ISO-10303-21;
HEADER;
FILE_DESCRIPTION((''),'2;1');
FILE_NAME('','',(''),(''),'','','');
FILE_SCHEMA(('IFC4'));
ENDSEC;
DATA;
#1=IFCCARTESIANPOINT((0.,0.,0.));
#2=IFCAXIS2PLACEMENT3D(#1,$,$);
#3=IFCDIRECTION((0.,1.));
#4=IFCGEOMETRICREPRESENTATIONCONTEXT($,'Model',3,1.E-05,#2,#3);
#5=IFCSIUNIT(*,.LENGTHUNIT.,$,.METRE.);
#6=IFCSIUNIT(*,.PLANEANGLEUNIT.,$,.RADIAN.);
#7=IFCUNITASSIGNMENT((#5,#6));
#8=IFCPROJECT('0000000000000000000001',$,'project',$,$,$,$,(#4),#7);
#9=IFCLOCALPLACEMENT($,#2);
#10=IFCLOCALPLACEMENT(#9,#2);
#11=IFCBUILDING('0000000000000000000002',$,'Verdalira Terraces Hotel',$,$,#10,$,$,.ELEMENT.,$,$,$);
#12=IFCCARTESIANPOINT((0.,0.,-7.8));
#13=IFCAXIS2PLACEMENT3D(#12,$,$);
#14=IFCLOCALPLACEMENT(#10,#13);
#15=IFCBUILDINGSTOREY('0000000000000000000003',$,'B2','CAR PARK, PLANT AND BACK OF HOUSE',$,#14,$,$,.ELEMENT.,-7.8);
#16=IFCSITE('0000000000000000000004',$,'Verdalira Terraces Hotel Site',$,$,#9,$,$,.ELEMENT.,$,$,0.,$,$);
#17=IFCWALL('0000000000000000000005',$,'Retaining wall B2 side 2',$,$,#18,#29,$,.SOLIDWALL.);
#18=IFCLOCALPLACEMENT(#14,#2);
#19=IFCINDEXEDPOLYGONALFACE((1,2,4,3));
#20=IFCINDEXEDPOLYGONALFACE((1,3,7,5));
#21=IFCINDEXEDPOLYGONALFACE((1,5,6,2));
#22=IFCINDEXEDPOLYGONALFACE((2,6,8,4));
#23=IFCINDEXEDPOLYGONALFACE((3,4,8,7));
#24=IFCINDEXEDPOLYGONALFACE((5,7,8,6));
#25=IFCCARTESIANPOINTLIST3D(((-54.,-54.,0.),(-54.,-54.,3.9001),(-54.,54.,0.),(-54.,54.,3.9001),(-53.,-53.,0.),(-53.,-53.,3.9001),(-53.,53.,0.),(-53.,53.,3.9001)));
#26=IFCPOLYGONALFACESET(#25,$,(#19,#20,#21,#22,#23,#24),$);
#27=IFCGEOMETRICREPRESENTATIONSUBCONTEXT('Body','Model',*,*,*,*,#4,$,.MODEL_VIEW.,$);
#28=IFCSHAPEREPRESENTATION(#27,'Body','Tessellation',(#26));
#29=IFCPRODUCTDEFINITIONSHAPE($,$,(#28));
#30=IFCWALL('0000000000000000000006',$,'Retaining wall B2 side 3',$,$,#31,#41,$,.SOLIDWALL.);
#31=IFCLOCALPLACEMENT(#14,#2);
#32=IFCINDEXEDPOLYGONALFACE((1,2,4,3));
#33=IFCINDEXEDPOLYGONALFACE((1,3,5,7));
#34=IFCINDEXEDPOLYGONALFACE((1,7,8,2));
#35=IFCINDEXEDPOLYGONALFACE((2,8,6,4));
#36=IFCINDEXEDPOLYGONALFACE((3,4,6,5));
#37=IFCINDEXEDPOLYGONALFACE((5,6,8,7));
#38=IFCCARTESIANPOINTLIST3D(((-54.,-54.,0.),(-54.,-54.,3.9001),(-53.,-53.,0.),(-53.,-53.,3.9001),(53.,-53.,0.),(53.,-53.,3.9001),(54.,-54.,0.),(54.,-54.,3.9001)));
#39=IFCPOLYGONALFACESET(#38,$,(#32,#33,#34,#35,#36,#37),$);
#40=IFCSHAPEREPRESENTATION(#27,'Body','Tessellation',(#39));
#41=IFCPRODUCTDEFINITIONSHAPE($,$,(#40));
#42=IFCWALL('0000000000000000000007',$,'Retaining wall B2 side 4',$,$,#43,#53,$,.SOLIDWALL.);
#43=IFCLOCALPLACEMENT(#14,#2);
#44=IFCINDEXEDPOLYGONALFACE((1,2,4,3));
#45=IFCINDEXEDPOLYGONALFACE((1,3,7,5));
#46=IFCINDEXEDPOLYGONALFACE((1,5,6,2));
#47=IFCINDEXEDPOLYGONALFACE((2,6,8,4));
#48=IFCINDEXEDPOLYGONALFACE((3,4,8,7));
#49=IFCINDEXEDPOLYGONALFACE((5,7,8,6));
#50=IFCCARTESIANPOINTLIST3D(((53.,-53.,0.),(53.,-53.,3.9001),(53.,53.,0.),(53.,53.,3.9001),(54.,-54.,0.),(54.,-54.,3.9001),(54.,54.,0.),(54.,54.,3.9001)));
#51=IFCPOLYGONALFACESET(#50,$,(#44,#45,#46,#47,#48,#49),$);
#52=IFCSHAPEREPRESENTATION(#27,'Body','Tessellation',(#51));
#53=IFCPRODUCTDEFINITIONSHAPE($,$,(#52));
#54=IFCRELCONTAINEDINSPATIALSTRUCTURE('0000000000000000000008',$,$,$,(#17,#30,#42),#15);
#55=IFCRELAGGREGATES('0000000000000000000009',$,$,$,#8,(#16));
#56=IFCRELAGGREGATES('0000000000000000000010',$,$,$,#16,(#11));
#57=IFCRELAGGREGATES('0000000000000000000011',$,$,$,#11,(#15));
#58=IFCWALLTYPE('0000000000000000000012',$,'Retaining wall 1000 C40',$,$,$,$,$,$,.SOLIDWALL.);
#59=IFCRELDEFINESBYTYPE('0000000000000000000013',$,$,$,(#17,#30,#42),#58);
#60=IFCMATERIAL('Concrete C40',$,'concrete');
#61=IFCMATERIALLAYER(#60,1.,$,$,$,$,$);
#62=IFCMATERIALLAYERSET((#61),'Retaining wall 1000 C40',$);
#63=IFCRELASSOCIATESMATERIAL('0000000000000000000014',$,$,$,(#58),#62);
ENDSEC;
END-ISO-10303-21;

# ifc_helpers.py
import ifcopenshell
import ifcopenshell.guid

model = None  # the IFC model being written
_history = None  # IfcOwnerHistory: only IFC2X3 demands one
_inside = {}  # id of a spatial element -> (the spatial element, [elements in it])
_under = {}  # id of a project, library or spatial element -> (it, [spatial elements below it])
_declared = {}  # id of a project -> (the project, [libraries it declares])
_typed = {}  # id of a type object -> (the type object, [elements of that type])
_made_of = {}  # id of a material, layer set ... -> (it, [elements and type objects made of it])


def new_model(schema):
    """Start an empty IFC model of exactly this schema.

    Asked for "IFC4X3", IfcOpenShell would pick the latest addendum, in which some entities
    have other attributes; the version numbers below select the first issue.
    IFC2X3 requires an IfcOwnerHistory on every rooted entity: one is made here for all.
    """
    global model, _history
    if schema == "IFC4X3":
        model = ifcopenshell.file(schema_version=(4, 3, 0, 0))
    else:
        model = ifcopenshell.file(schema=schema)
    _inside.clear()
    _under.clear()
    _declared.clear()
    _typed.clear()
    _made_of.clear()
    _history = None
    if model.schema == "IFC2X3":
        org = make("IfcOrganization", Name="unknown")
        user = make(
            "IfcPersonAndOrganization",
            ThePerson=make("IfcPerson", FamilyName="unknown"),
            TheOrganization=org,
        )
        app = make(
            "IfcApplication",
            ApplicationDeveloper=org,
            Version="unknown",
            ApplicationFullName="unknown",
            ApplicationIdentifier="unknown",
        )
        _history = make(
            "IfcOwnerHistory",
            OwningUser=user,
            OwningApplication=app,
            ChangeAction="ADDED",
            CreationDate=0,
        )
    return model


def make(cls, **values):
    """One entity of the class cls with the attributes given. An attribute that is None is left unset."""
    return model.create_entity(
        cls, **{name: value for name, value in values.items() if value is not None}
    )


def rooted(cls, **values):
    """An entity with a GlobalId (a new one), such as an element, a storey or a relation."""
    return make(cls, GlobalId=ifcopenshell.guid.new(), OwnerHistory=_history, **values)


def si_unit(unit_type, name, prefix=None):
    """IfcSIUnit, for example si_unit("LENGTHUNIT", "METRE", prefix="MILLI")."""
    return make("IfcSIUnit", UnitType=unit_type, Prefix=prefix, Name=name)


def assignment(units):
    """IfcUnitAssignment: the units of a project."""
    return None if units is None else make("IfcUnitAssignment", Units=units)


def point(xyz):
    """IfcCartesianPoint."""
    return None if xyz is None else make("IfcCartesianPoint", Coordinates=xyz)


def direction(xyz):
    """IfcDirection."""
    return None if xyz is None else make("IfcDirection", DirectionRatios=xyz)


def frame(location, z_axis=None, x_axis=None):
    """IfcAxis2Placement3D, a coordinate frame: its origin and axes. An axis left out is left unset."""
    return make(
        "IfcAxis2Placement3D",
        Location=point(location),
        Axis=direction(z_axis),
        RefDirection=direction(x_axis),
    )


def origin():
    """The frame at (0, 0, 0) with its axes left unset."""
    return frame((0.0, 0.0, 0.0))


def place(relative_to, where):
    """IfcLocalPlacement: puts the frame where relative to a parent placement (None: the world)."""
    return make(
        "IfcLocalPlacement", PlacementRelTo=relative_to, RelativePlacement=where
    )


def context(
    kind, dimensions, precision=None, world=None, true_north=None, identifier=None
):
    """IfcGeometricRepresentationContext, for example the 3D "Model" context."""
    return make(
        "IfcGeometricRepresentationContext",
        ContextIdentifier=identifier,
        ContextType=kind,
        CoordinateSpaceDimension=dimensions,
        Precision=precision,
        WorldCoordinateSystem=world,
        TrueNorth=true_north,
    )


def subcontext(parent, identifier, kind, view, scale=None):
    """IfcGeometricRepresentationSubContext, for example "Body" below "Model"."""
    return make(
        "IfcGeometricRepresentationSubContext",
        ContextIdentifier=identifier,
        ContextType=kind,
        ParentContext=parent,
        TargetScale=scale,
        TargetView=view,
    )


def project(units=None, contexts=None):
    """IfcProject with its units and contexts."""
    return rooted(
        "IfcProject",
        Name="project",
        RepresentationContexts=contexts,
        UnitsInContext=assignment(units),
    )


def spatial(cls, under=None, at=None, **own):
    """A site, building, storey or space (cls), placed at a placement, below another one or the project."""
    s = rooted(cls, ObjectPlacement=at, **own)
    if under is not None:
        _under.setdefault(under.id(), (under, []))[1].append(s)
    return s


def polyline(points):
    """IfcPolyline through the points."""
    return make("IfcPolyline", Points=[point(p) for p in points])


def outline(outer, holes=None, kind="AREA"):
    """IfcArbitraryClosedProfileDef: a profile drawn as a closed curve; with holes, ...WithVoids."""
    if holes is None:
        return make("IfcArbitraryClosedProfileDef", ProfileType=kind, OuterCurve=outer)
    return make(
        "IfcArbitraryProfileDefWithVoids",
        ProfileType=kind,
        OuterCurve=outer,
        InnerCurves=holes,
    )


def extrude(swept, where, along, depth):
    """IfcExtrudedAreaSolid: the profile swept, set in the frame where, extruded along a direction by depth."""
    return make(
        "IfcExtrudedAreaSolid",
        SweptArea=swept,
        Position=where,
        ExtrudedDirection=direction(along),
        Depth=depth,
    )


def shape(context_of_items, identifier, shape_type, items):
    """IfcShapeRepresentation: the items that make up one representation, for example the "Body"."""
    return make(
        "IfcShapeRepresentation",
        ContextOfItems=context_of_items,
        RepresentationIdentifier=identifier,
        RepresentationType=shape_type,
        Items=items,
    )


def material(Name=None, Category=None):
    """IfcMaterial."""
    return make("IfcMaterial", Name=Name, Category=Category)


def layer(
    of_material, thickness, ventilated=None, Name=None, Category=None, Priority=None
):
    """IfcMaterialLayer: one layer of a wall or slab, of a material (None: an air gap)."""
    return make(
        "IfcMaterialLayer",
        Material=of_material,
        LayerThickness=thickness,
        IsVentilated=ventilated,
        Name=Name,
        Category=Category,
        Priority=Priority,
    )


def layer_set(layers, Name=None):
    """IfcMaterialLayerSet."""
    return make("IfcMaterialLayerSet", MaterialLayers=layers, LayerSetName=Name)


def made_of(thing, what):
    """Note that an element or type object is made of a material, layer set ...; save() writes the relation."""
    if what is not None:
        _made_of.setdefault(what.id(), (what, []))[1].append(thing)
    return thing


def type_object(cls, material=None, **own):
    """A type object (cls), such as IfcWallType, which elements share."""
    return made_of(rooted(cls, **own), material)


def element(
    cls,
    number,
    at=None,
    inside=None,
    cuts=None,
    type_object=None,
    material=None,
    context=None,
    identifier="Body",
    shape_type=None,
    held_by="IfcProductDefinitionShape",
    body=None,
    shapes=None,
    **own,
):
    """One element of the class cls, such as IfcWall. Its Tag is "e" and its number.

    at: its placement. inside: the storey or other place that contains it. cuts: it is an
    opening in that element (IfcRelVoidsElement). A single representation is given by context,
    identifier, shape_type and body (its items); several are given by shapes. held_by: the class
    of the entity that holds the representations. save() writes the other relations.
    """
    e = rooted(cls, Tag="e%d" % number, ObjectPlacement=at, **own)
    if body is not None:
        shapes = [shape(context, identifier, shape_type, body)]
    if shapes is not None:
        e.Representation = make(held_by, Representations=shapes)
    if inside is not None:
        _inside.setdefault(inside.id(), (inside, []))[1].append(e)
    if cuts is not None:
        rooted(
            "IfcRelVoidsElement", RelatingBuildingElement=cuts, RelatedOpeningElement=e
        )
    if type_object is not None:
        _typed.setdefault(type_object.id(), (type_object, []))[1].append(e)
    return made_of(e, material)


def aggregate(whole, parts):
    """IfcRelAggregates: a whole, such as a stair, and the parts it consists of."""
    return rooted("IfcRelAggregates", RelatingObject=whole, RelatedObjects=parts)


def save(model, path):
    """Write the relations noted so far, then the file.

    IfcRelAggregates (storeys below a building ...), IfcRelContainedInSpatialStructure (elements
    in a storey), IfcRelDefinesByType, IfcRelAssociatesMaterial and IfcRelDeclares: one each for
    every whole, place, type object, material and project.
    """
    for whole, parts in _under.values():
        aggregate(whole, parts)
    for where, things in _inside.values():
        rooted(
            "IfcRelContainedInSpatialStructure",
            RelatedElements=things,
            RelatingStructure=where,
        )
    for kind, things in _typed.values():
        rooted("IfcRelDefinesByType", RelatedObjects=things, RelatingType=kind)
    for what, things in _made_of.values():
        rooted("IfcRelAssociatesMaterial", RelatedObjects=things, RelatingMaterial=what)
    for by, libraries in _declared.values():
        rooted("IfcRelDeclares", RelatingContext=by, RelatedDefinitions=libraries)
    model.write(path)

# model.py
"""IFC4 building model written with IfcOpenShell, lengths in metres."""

from ifc_helpers import new_model, si_unit, direction, frame, origin, place, context, subcontext, project, spatial, polyline, outline, extrude, material, layer, layer_set, type_object, element, save


model = new_model("IFC4")

# Units and contexts
model_context = context("Model", 3, precision=1e-05, world=origin(), true_north=direction((0.0, 1.0)))
body_context = subcontext(model_context, "Body", "Model", "MODEL_VIEW")
ifc_project = project(units=[si_unit("LENGTHUNIT", "METRE"), si_unit("PLANEANGLEUNIT", "RADIAN")], contexts=[model_context])

# Site, building, storey
site_placement = place(None, origin())
site = spatial("IfcSite", under=ifc_project, at=site_placement, Name="Verdalira Terraces Hotel Site", CompositionType="ELEMENT", RefElevation=0.0)
building_placement = place(site_placement, origin())
building = spatial("IfcBuilding", under=site, at=building_placement, Name="Verdalira Terraces Hotel", CompositionType="ELEMENT")
storey_placement = place(building_placement, frame((0.0, 0.0, -7.8)))
storey = spatial("IfcBuildingStorey", under=building, at=storey_placement, Name="B2", Description="CAR PARK, PLANT AND BACK OF HOUSE", CompositionType="ELEMENT", Elevation=-7.8)

# Walls
ifc_material_1 = material(Name="Concrete C40", Category="concrete")
ifc_layer_1 = layer(ifc_material_1, 1.0)
ifc_layer_set_1 = layer_set([ifc_layer_1], Name="Retaining wall 1000 C40")
wall_type_1 = type_object("IfcWallType", Name="Retaining wall 1000 C40", PredefinedType="SOLIDWALL", material=ifc_layer_set_1)
wall_1_placement = place(storey_placement, origin())
element("IfcWall", 1, at=wall_1_placement, inside=storey, type_object=wall_type_1, Name="Retaining wall B2 side 2", PredefinedType="SOLIDWALL", context=body_context, shape_type="SweptSolid", body=[
    extrude(outline(polyline([(-54.0, 54.0), (-54.0, -54.0), (-53.0, -53.0), (-53.0, 53.0), (-54.0, 54.0)])), origin(), (0.0, 0.0, 1.0), 3.9001),
])
wall_2_placement = place(storey_placement, origin())
element("IfcWall", 2, at=wall_2_placement, inside=storey, type_object=wall_type_1, Name="Retaining wall B2 side 3", PredefinedType="SOLIDWALL", context=body_context, shape_type="SweptSolid", body=[
    extrude(outline(polyline([(-54.0, -54.0), (54.0, -54.0), (53.0, -53.0), (-53.0, -53.0), (-54.0, -54.0)])), origin(), (0.0, 0.0, 1.0), 3.9001),
])
wall_3_placement = place(storey_placement, origin())
element("IfcWall", 3, at=wall_3_placement, inside=storey, type_object=wall_type_1, Name="Retaining wall B2 side 4", PredefinedType="SOLIDWALL", context=body_context, shape_type="SweptSolid", body=[
    extrude(outline(polyline([(54.0, -54.0), (54.0, 54.0), (53.0, 53.0), (53.0, -53.0), (54.0, -54.0)])), origin(), (0.0, 0.0, 1.0), 3.9001),
])

save(model, "model.ifc")
